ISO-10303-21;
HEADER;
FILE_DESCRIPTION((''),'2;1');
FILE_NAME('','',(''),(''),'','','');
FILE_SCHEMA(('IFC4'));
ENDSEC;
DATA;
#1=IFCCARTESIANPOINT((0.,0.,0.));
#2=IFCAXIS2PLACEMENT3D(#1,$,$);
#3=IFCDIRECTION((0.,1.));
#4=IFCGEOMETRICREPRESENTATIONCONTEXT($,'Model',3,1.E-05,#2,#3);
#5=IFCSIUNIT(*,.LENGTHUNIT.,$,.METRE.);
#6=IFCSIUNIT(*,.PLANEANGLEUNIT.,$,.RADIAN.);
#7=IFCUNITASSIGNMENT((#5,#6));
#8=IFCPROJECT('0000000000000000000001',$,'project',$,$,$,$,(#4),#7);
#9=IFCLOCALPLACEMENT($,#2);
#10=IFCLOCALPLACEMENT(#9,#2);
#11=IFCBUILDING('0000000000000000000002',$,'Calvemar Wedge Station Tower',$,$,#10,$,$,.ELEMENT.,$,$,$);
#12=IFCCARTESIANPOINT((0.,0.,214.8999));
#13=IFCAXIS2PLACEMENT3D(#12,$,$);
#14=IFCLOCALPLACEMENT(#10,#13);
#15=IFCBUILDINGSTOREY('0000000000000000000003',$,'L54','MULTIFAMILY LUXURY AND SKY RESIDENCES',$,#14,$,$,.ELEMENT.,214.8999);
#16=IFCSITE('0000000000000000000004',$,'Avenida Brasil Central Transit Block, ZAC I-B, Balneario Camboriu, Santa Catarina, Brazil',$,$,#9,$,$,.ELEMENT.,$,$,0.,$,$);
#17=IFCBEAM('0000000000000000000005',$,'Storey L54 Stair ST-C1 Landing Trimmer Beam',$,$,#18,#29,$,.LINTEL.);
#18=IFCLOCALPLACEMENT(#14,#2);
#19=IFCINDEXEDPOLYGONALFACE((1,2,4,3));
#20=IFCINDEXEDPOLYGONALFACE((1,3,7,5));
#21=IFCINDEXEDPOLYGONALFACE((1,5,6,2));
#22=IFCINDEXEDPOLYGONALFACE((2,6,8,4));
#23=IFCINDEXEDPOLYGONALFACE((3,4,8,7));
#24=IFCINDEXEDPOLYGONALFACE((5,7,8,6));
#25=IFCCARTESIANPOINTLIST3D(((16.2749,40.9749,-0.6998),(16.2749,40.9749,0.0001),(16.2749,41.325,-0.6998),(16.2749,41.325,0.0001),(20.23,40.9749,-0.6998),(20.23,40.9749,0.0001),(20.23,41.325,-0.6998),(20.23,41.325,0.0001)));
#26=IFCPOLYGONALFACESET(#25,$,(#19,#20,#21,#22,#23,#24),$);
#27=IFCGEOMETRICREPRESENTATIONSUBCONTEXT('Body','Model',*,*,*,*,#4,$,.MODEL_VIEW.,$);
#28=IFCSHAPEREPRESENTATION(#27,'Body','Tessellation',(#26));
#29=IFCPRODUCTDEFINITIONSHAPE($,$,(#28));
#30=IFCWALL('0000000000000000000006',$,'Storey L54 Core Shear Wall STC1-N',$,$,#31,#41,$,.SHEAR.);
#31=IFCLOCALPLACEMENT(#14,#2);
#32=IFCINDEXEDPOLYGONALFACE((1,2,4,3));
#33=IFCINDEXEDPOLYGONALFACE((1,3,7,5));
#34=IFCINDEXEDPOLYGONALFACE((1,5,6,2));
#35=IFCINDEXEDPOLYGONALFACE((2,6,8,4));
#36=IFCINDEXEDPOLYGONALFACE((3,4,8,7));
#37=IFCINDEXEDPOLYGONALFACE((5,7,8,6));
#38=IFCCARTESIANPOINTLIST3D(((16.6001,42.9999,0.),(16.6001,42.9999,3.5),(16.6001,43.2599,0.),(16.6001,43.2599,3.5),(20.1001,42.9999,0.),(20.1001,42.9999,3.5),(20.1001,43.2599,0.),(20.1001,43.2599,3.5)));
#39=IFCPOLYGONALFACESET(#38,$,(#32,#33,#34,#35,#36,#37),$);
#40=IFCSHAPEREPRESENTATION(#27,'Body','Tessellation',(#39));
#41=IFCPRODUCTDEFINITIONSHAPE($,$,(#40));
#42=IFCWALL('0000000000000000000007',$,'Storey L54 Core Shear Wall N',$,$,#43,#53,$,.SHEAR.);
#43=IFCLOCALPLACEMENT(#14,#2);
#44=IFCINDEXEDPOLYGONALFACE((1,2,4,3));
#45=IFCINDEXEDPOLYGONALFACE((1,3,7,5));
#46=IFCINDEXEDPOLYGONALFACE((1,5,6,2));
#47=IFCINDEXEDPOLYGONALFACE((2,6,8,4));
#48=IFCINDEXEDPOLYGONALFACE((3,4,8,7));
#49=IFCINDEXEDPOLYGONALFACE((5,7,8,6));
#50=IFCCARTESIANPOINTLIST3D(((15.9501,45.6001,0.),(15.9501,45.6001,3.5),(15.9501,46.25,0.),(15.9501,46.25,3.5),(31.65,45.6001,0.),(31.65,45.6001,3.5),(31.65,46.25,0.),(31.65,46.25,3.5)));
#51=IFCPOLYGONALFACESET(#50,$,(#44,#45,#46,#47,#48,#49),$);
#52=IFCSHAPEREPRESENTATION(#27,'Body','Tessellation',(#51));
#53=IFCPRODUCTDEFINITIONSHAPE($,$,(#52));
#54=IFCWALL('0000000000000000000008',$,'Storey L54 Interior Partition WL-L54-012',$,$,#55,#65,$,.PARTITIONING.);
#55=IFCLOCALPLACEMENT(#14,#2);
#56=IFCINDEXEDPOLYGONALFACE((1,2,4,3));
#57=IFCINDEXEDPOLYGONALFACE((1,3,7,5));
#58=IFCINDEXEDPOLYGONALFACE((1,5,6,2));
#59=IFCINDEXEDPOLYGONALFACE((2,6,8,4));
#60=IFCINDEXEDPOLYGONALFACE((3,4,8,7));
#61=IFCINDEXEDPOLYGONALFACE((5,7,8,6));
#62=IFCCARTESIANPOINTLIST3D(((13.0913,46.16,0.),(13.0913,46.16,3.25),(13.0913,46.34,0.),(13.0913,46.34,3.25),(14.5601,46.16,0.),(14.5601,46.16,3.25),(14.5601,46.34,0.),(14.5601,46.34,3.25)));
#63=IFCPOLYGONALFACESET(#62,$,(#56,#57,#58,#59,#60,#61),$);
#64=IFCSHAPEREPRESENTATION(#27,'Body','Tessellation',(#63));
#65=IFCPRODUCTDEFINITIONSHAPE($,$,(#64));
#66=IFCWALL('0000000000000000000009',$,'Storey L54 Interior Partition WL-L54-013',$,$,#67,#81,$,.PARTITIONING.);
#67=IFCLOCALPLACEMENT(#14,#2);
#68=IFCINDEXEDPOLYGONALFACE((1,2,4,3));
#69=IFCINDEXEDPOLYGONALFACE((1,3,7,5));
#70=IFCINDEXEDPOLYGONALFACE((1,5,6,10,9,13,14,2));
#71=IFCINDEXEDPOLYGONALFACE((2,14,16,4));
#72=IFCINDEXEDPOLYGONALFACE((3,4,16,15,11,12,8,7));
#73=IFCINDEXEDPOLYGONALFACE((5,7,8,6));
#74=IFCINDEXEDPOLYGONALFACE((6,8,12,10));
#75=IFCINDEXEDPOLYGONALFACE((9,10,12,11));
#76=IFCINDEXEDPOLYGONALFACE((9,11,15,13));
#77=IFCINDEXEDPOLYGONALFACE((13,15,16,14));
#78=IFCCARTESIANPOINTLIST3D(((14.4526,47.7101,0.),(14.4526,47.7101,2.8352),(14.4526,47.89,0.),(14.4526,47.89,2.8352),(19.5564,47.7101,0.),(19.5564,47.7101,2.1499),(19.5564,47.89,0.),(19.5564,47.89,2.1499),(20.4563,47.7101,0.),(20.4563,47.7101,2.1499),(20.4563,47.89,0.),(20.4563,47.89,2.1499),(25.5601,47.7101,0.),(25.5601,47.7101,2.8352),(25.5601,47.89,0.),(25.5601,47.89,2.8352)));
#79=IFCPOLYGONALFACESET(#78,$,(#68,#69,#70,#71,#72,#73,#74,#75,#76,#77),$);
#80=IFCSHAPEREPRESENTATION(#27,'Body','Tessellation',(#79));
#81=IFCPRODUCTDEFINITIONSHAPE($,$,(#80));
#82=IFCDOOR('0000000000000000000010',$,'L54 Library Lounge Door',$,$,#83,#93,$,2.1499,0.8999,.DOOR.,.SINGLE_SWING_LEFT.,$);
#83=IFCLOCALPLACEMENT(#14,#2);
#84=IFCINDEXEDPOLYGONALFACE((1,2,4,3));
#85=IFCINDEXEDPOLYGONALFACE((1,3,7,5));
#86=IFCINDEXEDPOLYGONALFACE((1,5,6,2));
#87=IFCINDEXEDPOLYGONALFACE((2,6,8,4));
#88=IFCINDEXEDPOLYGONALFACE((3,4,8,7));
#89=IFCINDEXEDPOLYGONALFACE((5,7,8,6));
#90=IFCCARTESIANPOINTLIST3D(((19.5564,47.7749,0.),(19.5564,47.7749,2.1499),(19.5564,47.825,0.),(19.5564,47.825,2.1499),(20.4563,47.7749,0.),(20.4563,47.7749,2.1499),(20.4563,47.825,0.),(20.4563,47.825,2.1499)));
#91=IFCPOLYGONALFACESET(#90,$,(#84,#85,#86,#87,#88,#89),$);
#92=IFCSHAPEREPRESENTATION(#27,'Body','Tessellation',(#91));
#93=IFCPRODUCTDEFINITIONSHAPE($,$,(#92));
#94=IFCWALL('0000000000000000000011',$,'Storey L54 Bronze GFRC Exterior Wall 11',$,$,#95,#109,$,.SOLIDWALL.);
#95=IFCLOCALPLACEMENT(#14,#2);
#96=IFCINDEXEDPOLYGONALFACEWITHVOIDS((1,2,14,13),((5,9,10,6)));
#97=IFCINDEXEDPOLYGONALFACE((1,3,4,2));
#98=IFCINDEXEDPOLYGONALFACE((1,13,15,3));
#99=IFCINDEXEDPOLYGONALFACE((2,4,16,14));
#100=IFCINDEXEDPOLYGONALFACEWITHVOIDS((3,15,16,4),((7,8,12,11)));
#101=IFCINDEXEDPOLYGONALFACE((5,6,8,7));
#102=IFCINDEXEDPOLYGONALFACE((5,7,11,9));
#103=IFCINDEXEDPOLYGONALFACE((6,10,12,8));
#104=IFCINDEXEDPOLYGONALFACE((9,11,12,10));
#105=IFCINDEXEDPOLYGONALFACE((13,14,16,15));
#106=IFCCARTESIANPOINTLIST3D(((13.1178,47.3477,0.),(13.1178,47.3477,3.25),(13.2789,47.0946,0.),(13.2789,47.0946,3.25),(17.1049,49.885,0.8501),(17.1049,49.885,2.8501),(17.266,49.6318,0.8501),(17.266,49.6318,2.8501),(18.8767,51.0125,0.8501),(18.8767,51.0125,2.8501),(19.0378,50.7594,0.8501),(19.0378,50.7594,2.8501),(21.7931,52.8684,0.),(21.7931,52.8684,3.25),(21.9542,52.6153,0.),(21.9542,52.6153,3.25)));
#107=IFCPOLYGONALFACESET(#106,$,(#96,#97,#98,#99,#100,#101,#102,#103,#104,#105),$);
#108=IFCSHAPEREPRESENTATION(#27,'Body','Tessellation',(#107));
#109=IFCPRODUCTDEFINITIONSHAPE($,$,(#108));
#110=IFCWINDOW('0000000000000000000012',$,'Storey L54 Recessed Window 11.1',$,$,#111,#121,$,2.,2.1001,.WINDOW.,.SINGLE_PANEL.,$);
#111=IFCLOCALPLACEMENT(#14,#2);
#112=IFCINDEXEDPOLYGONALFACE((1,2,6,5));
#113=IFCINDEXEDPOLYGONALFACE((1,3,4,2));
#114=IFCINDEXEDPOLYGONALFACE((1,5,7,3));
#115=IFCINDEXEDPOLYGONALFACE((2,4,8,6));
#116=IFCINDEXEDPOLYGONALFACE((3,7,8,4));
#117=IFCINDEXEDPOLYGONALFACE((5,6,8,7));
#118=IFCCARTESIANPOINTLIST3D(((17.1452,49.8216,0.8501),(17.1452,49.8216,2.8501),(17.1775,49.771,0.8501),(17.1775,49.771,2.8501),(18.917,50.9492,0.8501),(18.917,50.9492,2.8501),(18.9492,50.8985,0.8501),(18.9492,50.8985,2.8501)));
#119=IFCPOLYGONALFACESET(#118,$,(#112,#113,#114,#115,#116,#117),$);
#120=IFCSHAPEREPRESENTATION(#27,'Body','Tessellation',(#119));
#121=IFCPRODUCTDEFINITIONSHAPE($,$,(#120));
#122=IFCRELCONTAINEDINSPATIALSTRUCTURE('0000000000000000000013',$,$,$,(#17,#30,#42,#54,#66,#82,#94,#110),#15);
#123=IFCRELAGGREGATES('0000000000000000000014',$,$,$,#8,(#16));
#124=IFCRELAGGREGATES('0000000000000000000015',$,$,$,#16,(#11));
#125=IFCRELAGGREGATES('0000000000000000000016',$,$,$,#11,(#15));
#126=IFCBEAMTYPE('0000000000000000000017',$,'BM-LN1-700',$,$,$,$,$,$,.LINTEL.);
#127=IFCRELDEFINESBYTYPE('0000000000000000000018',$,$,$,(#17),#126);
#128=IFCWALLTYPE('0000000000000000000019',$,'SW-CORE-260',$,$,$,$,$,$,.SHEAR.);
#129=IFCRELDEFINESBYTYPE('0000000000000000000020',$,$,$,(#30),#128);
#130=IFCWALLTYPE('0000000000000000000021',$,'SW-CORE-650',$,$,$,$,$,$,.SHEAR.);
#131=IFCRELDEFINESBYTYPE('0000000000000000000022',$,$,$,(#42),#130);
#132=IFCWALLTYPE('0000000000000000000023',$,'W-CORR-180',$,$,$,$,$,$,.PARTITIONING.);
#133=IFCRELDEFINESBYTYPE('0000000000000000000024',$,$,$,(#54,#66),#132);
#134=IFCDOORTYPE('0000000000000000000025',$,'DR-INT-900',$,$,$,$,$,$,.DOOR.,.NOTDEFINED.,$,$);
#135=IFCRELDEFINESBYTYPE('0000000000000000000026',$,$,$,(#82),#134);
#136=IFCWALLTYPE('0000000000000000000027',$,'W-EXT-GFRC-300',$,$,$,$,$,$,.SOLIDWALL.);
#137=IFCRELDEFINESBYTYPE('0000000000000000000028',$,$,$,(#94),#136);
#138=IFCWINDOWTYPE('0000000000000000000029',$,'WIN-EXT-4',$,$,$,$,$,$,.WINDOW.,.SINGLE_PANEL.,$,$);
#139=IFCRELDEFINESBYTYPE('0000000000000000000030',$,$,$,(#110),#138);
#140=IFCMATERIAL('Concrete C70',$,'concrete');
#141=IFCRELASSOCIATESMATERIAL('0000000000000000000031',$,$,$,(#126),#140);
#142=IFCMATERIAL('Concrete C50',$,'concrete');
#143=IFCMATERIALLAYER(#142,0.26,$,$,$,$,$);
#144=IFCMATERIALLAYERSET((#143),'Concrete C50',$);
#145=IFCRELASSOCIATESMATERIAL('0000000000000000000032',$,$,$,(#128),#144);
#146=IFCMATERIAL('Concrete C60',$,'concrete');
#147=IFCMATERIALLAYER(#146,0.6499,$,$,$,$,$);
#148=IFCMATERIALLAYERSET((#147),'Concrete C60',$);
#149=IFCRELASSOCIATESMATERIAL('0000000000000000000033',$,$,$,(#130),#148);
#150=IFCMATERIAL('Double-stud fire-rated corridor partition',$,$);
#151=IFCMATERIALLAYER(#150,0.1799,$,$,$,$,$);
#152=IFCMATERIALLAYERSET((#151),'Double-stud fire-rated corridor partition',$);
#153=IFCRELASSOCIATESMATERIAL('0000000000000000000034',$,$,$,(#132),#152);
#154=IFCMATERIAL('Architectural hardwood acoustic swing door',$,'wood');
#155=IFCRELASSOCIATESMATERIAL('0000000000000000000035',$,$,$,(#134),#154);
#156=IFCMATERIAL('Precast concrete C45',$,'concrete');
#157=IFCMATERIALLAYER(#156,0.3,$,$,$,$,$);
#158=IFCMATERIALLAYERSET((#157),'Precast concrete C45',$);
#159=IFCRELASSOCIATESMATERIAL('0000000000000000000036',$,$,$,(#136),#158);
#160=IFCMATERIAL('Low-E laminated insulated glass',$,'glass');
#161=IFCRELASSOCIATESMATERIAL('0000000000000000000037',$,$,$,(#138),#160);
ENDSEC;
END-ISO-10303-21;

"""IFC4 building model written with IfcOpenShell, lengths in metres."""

from ifc_helpers import new_model, si_unit, direction, frame, frame_2d, origin, origin_2d, place, context, subcontext, project, spatial, rectangle, extrude, source, transform, mapped, material, layer, layer_set, material_profile, profile_set, type_object, element, fill, save


model = new_model("IFC4")

# Units and contexts
model_context = context("Model", 3, precision=1e-05, world=origin(), true_north=direction((0.0, 1.0)))
body_context = subcontext(model_context, "Body", "Model", "MODEL_VIEW")
ifc_project = project(units=[si_unit("LENGTHUNIT", "METRE"), si_unit("PLANEANGLEUNIT", "RADIAN")], contexts=[model_context])

# Site, building, storey
site_placement = place(None, origin())
site = spatial("IfcSite", under=ifc_project, at=site_placement, Name="Avenida Brasil Central Transit Block, ZAC I-B, Balneario Camboriu, Santa Catarina, Brazil", CompositionType="ELEMENT", RefElevation=0.0)
building_placement = place(site_placement, origin())
building = spatial("IfcBuilding", under=site, at=building_placement, Name="Calvemar Wedge Station Tower", CompositionType="ELEMENT")
storey_placement = place(building_placement, frame((0.0, 0.0, 214.8999)))
storey = spatial("IfcBuildingStorey", under=building, at=storey_placement, Name="L54", Description="MULTIFAMILY LUXURY AND SKY RESIDENCES", CompositionType="ELEMENT", Elevation=214.8999)

# Beam
ifc_material_1 = material(Name="Concrete C70", Category="concrete")
ifc_material_profile = material_profile(ifc_material_1, rectangle(XDim=0.3501, YDim=0.7, at=origin_2d()), Name="RC350x700")
ifc_profile_set = profile_set([ifc_material_profile], Name="Concrete C70")
beam_type = type_object("IfcBeamType", Name="BM-LN1-700", PredefinedType="LINTEL", material=ifc_profile_set)
shared_shape_1 = source(origin(), body_context, "Body", "SweptSolid", [
    extrude(rectangle(XDim=0.3501, YDim=0.7, at=origin_2d()), origin(), (0.0, 0.0, 1.0), 3.9551),
])
beam_placement = place(storey_placement, frame((16.2749, 41.1499, -0.3499), z_axis=(1.0, 0.0, 0.0), x_axis=(0.0, 1.0, 0.0)))
element("IfcBeam", 1, at=beam_placement, inside=storey, type_object=beam_type, Name="Storey L54 Stair ST-C1 Landing Trimmer Beam", PredefinedType="LINTEL", context=body_context, shape_type="MappedRepresentation", body=[
    mapped(shared_shape_1, transform((0.0, 0.0, 0.0), scale=1.0)),
])

# Walls
ifc_material_2 = material(Name="Concrete C50", Category="concrete")
ifc_layer_1 = layer(ifc_material_2, 0.26)
ifc_layer_set_1 = layer_set([ifc_layer_1], Name="Concrete C50")
wall_type_1 = type_object("IfcWallType", Name="SW-CORE-260", PredefinedType="SHEAR", material=ifc_layer_set_1)
wall_1_placement = place(storey_placement, frame((16.6001, 43.1299, 0.0), z_axis=(0.0, 0.0, 1.0), x_axis=(1.0, 0.0, 0.0)))
element("IfcWall", 2, at=wall_1_placement, inside=storey, type_object=wall_type_1, Name="Storey L54 Core Shear Wall STC1-N", PredefinedType="SHEAR", context=body_context, shape_type="SweptSolid", body=[
    extrude(rectangle(XDim=3.5, YDim=0.26, at=frame_2d((1.75, 0.0))), origin(), (0.0, 0.0, 1.0), 3.5),
])
ifc_material_3 = material(Name="Concrete C60", Category="concrete")
ifc_layer_2 = layer(ifc_material_3, 0.6499)
ifc_layer_set_2 = layer_set([ifc_layer_2], Name="Concrete C60")
wall_type_2 = type_object("IfcWallType", Name="SW-CORE-650", PredefinedType="SHEAR", material=ifc_layer_set_2)
wall_2_placement = place(storey_placement, frame((15.95, 45.925, 0.0), z_axis=(0.0, 0.0, 1.0), x_axis=(1.0, 0.0, 0.0)))
element("IfcWall", 3, at=wall_2_placement, inside=storey, type_object=wall_type_2, Name="Storey L54 Core Shear Wall N", PredefinedType="SHEAR", context=body_context, shape_type="SweptSolid", body=[
    extrude(rectangle(XDim=15.7, YDim=0.6499, at=frame_2d((7.8501, 0.0))), origin(), (0.0, 0.0, 1.0), 3.5),
])
ifc_material_4 = material(Name="Double-stud fire-rated corridor partition")
ifc_layer_3 = layer(ifc_material_4, 0.1799)
ifc_layer_set_3 = layer_set([ifc_layer_3], Name="Double-stud fire-rated corridor partition")
wall_type_3 = type_object("IfcWallType", Name="W-CORR-180", PredefinedType="PARTITIONING", material=ifc_layer_set_3)
wall_3_placement = place(storey_placement, frame((14.5601, 46.25, 0.0), z_axis=(0.0, 0.0, 1.0), x_axis=(-1.0, 0.0, 0.0)))
element("IfcWall", 4, at=wall_3_placement, inside=storey, type_object=wall_type_3, Name="Storey L54 Interior Partition WL-L54-012", PredefinedType="PARTITIONING", context=body_context, shape_type="SweptSolid", body=[
    extrude(rectangle(XDim=1.4688, YDim=0.1799, at=frame_2d((0.7344, 0.0))), origin(), (0.0, 0.0, 1.0), 3.25),
])

# Wall, opening, door
wall_4_placement = place(storey_placement, frame((14.4526, 47.8, 0.0), z_axis=(0.0, 0.0, 1.0), x_axis=(1.0, 0.0, 0.0)))
wall_4 = element("IfcWall", 5, at=wall_4_placement, inside=storey, type_object=wall_type_3, Name="Storey L54 Interior Partition WL-L54-013", PredefinedType="PARTITIONING", context=body_context, shape_type="SweptSolid", body=[
    extrude(rectangle(XDim=11.1074, YDim=0.1799, at=frame_2d((5.5537, 0.0))), origin(), (0.0, 0.0, 1.0), 2.8352),
])
shared_shape_2 = source(origin(), body_context, "Body", "SweptSolid", [
    extrude(rectangle(XDim=0.8999, YDim=2.1499, at=frame_2d((0.45, 1.075))), frame((0.0, 0.1001, 0.0), z_axis=(0.0, -1.0, 0.0), x_axis=(1.0, 0.0, 0.0)), (0.0, 0.0, 1.0), 0.2),
])
opening_1_placement = place(wall_4_placement, frame((5.1038, 0.0, 0.0)))
opening_1 = element("IfcOpeningElement", 6, at=opening_1_placement, cuts=wall_4, PredefinedType="OPENING", context=body_context, shape_type="MappedRepresentation", body=[
    mapped(shared_shape_2, transform((0.0, 0.0, 0.0), scale=1.0)),
])
ifc_material_5 = material(Name="Architectural hardwood acoustic swing door", Category="wood")
door_type_1 = type_object("IfcDoorType", Name="DR-INT-900", OperationType="NOTDEFINED", PredefinedType="DOOR", material=ifc_material_5)
shared_shape_3 = source(origin(), body_context, "Body", "SweptSolid", [
    extrude(rectangle(XDim=0.8999, YDim=2.1499, at=frame_2d((0.45, 1.075))), frame((0.0, 0.0249, 0.0), z_axis=(0.0, -1.0, 0.0), x_axis=(1.0, 0.0, 0.0)), (0.0, 0.0, 1.0), 0.05),
])
door_1_placement = place(opening_1_placement, origin())
door_1 = element("IfcDoor", 7, at=door_1_placement, inside=storey, type_object=door_type_1, Name="L54 Library Lounge Door", OperationType="SINGLE_SWING_LEFT", OverallHeight=2.1499, OverallWidth=0.8999, PredefinedType="DOOR", context=body_context, shape_type="MappedRepresentation", body=[
    mapped(shared_shape_3, transform((0.0, 0.0, 0.0), scale=1.0)),
])
fill(opening_1, door_1)

# Wall, opening, window
ifc_material_6 = material(Name="Precast concrete C45", Category="concrete")
ifc_layer_4 = layer(ifc_material_6, 0.3)
ifc_layer_set_4 = layer_set([ifc_layer_4], Name="Precast concrete C45")
wall_type_4 = type_object("IfcWallType", Name="W-EXT-GFRC-300", PredefinedType="SOLIDWALL", material=ifc_layer_set_4)
wall_5_placement = place(storey_placement, frame((21.8738, 52.7419, 0.0), z_axis=(0.0, 0.0, 1.0), x_axis=(-0.843657, -0.536883, 0.0)))
wall_5 = element("IfcWall", 8, at=wall_5_placement, inside=storey, type_object=wall_type_4, Name="Storey L54 Bronze GFRC Exterior Wall 11", PredefinedType="SOLIDWALL", context=body_context, shape_type="SweptSolid", body=[
    extrude(rectangle(XDim=10.283, YDim=0.3, at=frame_2d((5.1416, 0.0))), origin(), (0.0, 0.0, 1.0), 3.25),
])
shared_shape_4 = source(origin(), body_context, "Body", "SweptSolid", [
    extrude(rectangle(XDim=2.1001, YDim=2.0, at=frame_2d((1.05, 1.0))), frame((0.0, 0.1602, 0.0), z_axis=(0.0, -1.0, 0.0), x_axis=(1.0, 0.0, 0.0)), (0.0, 0.0, 1.0), 0.3201),
])
opening_2_placement = place(wall_5_placement, frame((3.457, 0.0, 0.8501)))
opening_2 = element("IfcOpeningElement", 9, at=opening_2_placement, cuts=wall_5, PredefinedType="OPENING", context=body_context, shape_type="MappedRepresentation", body=[
    mapped(shared_shape_4, transform((0.0, 0.0, 0.0), scale=1.0)),
])
ifc_material_7 = material(Name="Low-E laminated insulated glass", Category="glass")
window_type_1 = type_object("IfcWindowType", Name="WIN-EXT-4", PartitioningType="SINGLE_PANEL", PredefinedType="WINDOW", material=ifc_material_7)
shared_shape_5 = source(origin(), body_context, "Body", "SweptSolid", [
    extrude(rectangle(XDim=2.1001, YDim=2.0, at=frame_2d((1.05, 1.0))), frame((0.0, -0.0149, 0.0), z_axis=(0.0, -1.0, 0.0), x_axis=(1.0, 0.0, 0.0)), (0.0, 0.0, 1.0), 0.0601),
])
window_1_placement = place(opening_2_placement, origin())
window_1 = element("IfcWindow", 10, at=window_1_placement, inside=storey, type_object=window_type_1, Name="Storey L54 Recessed Window 11.1", OverallHeight=2.0, OverallWidth=2.1001, PartitioningType="SINGLE_PANEL", PredefinedType="WINDOW", context=body_context, shape_type="MappedRepresentation", body=[
    mapped(shared_shape_5, transform((0.0, 0.0, 0.0), scale=1.0)),
])
fill(opening_2, window_1)

save(model, "model.ifc")
